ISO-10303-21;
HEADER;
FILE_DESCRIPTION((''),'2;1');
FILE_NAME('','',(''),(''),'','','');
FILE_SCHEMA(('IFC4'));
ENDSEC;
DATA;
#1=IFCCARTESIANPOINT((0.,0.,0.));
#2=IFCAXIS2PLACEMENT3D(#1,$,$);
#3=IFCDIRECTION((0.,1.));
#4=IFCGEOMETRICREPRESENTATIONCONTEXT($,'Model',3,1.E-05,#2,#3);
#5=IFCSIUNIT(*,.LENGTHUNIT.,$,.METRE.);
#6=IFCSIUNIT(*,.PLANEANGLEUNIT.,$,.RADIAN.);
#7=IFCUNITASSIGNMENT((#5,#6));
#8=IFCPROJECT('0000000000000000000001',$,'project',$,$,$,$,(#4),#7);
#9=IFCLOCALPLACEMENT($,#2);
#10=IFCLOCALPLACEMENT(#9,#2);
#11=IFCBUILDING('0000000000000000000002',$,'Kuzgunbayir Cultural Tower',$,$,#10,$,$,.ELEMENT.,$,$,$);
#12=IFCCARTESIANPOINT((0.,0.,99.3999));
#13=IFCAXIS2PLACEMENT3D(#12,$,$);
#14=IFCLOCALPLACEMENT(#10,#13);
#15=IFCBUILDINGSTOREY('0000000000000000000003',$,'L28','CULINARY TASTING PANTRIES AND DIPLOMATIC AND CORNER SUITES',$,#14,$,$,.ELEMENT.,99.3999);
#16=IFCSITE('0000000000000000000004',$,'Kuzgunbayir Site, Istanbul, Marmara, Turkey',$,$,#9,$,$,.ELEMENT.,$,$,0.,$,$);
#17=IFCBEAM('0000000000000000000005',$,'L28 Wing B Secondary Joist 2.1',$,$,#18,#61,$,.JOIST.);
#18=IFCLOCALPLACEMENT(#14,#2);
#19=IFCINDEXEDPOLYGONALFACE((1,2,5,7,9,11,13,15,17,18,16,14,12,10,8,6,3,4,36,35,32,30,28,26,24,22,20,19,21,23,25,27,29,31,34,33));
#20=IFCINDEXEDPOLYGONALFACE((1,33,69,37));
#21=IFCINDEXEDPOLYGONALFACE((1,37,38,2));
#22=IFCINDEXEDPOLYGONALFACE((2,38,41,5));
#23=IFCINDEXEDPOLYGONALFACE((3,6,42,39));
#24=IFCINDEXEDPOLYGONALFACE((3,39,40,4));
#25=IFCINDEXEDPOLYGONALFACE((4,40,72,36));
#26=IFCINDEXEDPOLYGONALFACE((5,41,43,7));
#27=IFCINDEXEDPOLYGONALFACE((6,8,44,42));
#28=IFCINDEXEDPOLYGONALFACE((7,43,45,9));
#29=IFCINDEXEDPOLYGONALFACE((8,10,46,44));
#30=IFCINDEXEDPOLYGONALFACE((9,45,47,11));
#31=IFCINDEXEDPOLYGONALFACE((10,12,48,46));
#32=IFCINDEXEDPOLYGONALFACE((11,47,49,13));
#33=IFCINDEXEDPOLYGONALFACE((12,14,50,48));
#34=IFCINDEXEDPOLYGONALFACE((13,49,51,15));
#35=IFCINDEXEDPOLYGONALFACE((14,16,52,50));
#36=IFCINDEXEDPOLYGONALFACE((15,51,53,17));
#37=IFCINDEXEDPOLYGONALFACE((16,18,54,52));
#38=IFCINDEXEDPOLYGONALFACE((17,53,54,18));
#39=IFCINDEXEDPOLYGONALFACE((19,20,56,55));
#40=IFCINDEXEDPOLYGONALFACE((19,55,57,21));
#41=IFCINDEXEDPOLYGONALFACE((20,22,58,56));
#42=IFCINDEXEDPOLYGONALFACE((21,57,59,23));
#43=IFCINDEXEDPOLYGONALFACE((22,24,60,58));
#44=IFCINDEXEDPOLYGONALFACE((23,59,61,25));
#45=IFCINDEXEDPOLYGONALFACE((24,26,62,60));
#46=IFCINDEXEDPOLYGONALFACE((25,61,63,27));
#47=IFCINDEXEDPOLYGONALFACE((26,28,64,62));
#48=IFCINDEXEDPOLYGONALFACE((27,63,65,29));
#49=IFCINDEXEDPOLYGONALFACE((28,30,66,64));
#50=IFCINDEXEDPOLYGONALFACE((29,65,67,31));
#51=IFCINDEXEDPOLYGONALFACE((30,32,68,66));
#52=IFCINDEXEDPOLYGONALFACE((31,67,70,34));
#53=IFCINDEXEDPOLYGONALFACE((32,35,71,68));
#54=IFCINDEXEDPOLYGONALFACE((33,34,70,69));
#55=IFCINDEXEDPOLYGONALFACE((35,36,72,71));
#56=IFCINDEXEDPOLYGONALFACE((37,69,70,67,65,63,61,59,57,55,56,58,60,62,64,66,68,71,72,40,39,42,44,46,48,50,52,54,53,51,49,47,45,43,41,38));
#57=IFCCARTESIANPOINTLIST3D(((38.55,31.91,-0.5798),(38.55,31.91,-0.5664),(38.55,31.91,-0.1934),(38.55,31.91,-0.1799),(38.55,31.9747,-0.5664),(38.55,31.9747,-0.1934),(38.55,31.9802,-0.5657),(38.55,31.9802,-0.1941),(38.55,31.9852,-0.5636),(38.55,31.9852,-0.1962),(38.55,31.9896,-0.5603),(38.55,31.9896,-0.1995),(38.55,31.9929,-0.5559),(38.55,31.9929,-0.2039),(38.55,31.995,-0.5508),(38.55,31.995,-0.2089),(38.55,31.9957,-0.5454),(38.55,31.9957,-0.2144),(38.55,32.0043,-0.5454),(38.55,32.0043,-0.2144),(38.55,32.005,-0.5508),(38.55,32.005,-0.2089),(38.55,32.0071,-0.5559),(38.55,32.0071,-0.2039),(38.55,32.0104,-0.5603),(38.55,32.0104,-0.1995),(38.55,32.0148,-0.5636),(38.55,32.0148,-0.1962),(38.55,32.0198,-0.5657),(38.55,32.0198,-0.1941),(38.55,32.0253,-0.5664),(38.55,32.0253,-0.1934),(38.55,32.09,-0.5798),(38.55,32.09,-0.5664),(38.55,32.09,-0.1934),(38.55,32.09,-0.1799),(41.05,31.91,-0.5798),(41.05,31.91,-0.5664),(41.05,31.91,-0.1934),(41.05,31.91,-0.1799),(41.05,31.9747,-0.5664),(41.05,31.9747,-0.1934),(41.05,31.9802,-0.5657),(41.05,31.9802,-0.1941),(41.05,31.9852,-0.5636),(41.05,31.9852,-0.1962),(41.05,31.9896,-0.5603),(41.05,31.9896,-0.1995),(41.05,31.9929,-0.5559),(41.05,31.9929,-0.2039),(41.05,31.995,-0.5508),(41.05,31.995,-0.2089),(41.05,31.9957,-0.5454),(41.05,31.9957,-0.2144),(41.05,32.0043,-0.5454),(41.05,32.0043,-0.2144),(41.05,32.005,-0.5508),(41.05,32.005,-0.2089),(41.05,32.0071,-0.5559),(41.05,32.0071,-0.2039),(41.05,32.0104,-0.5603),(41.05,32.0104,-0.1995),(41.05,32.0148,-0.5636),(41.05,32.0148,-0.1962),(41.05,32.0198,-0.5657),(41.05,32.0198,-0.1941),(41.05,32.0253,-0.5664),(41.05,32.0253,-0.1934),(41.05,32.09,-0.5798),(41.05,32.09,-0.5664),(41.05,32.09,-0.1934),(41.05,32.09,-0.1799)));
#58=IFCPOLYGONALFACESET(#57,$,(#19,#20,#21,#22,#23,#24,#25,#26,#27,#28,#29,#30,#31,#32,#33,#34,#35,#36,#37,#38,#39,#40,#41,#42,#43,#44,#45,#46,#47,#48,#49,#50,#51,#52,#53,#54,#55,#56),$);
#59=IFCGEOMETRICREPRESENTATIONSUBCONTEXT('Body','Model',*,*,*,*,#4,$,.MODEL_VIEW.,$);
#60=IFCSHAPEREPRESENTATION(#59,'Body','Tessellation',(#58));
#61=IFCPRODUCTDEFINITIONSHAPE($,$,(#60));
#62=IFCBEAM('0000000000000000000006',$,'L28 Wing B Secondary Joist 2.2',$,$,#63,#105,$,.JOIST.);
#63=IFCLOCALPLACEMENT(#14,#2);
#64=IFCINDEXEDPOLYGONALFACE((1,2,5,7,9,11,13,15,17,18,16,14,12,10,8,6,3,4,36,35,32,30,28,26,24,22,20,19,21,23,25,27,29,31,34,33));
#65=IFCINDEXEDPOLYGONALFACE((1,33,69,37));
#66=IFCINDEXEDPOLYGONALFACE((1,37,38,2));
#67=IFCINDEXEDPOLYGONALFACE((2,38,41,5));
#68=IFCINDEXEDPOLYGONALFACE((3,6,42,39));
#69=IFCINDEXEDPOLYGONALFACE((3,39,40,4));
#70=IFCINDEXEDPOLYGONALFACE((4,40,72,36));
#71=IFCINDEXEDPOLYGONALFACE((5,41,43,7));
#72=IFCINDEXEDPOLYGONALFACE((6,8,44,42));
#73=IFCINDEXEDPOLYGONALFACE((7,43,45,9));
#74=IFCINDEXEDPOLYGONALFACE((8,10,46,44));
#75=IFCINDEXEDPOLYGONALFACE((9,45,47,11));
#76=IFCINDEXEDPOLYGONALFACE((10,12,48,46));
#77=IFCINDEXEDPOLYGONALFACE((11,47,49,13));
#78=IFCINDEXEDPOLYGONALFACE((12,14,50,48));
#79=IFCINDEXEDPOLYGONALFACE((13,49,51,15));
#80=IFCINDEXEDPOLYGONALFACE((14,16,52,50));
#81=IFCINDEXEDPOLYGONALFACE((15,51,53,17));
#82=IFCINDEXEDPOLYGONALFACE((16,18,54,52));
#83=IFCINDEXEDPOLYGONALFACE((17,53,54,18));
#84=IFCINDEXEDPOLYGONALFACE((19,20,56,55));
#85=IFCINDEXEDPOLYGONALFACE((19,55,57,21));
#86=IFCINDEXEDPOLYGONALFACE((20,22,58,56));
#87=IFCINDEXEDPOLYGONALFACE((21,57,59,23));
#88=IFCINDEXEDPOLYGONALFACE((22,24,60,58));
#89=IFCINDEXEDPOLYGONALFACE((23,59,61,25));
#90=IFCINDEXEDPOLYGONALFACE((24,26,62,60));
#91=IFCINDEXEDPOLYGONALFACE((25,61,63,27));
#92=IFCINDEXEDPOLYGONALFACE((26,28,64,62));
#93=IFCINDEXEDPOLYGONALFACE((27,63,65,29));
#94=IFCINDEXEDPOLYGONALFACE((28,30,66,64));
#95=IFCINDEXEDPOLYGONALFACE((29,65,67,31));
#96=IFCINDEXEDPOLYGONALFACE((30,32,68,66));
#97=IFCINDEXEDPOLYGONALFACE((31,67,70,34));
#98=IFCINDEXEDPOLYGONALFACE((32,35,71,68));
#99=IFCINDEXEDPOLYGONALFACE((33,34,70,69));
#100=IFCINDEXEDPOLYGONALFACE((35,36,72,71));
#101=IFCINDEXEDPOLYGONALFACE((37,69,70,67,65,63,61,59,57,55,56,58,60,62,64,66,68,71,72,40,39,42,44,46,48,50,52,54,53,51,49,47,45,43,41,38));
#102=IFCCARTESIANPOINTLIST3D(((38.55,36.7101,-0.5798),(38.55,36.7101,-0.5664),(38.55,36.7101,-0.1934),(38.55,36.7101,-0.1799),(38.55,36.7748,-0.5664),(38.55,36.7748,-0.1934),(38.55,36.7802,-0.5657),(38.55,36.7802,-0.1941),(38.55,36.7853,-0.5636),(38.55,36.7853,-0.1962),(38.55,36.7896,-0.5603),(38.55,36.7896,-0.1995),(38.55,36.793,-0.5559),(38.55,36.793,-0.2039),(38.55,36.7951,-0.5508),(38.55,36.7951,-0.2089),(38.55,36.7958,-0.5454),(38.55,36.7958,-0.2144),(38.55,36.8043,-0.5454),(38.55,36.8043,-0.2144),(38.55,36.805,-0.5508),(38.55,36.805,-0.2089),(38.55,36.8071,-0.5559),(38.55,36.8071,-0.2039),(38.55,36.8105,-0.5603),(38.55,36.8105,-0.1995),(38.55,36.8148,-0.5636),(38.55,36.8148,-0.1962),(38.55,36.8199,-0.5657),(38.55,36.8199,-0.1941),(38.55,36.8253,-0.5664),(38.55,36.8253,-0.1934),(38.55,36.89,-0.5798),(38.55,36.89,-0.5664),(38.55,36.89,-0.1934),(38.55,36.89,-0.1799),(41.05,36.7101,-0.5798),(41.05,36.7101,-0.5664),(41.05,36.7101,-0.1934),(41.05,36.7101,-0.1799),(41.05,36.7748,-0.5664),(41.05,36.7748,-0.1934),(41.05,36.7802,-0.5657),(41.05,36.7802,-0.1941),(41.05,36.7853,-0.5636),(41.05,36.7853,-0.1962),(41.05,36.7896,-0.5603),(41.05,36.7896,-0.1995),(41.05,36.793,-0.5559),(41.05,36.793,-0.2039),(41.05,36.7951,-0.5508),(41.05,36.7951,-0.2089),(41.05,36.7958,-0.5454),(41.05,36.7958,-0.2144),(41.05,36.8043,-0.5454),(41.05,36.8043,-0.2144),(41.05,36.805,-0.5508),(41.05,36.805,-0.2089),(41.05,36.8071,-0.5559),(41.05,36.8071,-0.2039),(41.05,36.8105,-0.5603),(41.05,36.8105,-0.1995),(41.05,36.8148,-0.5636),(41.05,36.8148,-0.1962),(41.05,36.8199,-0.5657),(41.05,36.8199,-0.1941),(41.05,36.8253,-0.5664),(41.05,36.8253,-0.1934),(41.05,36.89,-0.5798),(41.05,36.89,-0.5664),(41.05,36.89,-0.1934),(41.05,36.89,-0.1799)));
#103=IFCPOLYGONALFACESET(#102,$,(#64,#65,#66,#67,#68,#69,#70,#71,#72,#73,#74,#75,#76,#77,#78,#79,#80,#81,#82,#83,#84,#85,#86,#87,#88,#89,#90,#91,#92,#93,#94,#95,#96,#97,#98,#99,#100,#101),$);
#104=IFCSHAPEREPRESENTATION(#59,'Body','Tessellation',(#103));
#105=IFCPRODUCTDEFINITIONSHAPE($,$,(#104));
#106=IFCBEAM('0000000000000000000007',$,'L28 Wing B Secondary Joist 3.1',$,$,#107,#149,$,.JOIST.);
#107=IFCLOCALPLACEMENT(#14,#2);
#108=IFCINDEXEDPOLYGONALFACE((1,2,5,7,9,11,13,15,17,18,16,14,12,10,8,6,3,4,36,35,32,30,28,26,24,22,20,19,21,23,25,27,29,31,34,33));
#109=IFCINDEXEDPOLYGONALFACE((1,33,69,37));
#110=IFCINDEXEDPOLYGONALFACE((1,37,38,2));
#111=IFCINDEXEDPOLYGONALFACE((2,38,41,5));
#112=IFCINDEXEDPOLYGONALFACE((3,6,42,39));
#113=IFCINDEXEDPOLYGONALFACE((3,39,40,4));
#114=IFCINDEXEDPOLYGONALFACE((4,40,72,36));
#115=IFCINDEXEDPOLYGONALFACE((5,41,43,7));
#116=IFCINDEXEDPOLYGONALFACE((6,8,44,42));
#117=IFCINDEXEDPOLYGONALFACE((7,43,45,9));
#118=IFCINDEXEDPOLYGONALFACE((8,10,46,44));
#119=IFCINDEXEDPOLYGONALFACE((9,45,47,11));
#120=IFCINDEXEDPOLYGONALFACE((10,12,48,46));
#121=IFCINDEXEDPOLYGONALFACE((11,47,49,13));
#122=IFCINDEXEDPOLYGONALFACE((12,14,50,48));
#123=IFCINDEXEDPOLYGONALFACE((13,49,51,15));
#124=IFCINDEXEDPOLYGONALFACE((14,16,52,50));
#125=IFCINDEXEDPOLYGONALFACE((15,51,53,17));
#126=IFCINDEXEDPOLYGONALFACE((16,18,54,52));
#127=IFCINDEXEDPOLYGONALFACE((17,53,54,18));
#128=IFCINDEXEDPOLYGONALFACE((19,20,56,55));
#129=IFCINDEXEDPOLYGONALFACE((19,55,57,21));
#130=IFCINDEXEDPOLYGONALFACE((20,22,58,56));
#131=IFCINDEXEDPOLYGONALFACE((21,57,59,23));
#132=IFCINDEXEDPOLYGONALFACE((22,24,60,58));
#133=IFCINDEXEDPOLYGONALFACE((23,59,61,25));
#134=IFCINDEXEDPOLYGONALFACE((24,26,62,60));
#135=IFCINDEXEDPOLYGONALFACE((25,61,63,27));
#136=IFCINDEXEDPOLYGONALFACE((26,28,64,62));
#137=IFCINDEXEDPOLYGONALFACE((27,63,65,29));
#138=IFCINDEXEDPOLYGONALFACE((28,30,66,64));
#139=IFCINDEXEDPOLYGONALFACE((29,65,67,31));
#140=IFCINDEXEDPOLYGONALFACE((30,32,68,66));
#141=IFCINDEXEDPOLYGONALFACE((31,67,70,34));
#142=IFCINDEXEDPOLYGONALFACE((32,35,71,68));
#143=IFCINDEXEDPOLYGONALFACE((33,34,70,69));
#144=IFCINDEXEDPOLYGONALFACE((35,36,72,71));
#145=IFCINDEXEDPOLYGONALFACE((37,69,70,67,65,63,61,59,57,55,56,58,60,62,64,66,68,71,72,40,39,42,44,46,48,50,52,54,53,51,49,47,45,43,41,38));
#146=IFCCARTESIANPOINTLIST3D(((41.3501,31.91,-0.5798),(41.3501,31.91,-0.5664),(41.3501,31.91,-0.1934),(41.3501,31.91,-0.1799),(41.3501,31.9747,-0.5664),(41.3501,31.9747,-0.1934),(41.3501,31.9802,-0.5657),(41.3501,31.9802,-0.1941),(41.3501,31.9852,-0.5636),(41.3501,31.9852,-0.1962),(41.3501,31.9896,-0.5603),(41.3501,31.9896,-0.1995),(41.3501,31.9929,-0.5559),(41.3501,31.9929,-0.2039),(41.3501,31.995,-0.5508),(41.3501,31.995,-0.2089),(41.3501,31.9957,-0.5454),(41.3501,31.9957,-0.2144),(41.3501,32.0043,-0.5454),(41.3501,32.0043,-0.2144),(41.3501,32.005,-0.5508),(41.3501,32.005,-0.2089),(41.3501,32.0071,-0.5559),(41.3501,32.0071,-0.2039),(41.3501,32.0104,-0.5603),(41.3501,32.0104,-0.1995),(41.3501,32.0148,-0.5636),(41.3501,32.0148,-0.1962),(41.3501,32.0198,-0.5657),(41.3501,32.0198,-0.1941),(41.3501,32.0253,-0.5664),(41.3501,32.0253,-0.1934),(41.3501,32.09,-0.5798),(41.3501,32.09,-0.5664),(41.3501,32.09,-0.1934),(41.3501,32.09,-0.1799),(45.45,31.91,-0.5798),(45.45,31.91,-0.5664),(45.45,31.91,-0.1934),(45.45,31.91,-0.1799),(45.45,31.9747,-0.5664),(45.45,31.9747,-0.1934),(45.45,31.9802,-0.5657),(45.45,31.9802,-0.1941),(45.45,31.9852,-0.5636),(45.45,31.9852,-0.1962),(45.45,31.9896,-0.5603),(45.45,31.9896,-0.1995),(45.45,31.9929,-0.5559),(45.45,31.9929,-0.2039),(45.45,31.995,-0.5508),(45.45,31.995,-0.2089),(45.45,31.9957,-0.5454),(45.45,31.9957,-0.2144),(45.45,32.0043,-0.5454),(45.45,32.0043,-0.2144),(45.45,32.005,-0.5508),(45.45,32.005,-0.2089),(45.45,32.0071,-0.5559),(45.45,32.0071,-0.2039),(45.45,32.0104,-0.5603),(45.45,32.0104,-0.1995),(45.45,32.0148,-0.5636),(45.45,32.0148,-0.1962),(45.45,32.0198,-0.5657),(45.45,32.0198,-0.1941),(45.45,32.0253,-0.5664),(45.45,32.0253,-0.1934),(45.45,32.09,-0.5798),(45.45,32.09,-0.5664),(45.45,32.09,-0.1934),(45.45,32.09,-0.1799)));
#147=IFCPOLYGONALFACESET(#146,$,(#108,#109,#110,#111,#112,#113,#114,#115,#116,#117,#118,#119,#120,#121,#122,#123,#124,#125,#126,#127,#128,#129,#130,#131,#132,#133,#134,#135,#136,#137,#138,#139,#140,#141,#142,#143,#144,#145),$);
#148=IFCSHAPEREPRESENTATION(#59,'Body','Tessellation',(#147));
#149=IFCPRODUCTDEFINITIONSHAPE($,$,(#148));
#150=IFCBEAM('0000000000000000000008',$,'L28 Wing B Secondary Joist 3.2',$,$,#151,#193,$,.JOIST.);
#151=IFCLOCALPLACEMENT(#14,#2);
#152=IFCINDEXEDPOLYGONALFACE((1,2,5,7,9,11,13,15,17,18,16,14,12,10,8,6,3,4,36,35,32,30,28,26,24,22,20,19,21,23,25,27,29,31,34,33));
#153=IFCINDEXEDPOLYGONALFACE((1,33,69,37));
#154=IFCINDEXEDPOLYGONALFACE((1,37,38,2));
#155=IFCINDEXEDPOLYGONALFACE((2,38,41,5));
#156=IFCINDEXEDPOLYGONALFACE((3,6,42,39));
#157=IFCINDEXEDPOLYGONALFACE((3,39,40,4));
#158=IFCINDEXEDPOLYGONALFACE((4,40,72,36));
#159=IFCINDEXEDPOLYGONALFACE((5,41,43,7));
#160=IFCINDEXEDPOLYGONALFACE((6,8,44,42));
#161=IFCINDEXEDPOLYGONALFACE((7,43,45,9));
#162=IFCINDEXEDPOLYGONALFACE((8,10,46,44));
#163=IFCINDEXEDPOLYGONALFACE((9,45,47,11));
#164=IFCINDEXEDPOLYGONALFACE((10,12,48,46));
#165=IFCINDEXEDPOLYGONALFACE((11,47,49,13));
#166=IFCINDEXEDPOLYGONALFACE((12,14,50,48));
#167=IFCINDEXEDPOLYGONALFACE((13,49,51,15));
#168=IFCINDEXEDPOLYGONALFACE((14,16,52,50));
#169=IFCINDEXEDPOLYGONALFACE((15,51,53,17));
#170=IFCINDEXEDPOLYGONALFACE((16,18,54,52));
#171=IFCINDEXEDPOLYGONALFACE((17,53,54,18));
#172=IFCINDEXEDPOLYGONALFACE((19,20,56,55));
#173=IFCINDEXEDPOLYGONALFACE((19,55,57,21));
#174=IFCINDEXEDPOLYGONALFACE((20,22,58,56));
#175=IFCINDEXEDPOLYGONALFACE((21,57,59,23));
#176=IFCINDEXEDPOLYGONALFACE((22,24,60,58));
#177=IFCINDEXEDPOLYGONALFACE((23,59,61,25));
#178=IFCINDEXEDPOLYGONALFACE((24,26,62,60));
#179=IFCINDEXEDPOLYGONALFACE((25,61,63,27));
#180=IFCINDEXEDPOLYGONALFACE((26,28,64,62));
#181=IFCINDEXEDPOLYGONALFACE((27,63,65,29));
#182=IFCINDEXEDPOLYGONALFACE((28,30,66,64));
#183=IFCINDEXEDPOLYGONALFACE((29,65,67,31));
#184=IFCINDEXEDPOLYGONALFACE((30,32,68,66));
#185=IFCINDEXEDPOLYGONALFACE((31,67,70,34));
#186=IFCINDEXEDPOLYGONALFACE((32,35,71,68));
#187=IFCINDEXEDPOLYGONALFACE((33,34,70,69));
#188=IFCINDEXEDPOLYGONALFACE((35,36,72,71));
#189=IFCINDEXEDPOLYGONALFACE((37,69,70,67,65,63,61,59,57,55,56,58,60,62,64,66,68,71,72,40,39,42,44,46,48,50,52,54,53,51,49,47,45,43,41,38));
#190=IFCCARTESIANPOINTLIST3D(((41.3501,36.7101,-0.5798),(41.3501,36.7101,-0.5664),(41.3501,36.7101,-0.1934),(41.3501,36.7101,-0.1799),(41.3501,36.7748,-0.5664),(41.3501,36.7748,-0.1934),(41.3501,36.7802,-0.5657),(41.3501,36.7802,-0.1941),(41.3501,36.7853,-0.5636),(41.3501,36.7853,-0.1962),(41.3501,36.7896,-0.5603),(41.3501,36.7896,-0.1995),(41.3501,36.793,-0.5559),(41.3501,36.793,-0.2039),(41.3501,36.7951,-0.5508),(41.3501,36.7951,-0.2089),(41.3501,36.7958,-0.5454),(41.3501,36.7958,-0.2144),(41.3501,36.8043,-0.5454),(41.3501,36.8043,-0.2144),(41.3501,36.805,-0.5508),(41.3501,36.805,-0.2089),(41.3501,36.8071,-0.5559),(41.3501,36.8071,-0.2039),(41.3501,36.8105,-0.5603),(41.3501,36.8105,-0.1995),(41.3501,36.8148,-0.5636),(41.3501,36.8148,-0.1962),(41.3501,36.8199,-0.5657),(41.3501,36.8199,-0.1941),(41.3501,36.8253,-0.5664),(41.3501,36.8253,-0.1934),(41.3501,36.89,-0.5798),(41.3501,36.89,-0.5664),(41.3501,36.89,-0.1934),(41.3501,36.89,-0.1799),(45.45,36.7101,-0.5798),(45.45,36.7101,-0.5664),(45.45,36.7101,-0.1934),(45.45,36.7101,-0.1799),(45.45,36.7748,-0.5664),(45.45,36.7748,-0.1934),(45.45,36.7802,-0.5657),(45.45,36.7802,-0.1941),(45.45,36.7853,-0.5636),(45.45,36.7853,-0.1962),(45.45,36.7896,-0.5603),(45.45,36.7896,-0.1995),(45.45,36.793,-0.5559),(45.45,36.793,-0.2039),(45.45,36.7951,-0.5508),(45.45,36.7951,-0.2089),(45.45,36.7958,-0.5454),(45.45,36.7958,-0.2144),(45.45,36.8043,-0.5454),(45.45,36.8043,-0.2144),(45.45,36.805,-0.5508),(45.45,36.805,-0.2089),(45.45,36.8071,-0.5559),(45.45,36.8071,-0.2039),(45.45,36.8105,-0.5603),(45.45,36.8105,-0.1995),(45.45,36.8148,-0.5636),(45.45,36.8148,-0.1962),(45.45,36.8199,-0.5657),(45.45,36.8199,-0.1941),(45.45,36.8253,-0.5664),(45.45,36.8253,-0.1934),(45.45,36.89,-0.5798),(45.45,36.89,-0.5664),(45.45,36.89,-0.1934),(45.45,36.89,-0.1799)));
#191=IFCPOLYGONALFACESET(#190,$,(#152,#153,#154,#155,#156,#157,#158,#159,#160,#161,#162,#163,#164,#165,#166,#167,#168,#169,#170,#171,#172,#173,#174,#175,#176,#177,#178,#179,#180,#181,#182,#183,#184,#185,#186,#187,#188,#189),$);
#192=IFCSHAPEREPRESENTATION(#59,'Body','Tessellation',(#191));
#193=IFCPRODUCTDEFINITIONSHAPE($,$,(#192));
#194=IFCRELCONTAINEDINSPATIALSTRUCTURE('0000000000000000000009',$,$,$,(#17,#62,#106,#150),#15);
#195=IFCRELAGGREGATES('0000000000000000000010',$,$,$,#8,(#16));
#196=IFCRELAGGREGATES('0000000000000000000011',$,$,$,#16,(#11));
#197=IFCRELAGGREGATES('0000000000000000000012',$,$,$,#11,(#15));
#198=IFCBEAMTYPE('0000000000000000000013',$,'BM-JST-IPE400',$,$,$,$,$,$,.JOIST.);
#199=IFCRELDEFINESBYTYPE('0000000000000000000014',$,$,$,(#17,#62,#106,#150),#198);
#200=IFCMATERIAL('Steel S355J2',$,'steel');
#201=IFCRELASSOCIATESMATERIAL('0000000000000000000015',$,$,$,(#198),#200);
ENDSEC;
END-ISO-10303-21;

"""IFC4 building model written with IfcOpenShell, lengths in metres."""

from ifc_helpers import new_model, si_unit, direction, frame, origin, origin_2d, place, context, subcontext, project, spatial, i_section, extrude, material, material_profile, profile_set, type_object, element, save


model = new_model("IFC4")

# Units and contexts
model_context = context("Model", 3, precision=1e-05, world=origin(), true_north=direction((0.0, 1.0)))
body_context = subcontext(model_context, "Body", "Model", "MODEL_VIEW")
ifc_project = project(units=[si_unit("LENGTHUNIT", "METRE"), si_unit("PLANEANGLEUNIT", "RADIAN")], contexts=[model_context])

# Site, building, storey
site_placement = place(None, origin())
site = spatial("IfcSite", under=ifc_project, at=site_placement, Name="Kuzgunbayir Site, Istanbul, Marmara, Turkey", CompositionType="ELEMENT", RefElevation=0.0)
building_placement = place(site_placement, origin())
building = spatial("IfcBuilding", under=site, at=building_placement, Name="Kuzgunbayir Cultural Tower", CompositionType="ELEMENT")
storey_placement = place(building_placement, frame((0.0, 0.0, 99.3999)))
storey = spatial("IfcBuildingStorey", under=building, at=storey_placement, Name="L28", Description="CULINARY TASTING PANTRIES AND DIPLOMATIC AND CORNER SUITES", CompositionType="ELEMENT", Elevation=99.3999)

# Beams
ifc_material_1 = material(Name="Steel S355J2", Category="steel")
ifc_material_profile_1 = material_profile(ifc_material_1, i_section(OverallWidth=0.1799, OverallDepth=0.3999, WebThickness=0.0085, FlangeThickness=0.0134, FilletRadius=0.021, at=origin_2d()), Name="IPE 400")
ifc_profile_set_1 = profile_set([ifc_material_profile_1], Name="Steel S355J2")
beam_type_1 = type_object("IfcBeamType", Name="BM-JST-IPE400", PredefinedType="JOIST", material=ifc_profile_set_1)
for number, where, z_axis, x_axis, name in (
    (1, (38.55, 32.0, -0.3799), (1.0, 0.0, 0.0), (0.0, 1.0, 0.0), "L28 Wing B Secondary Joist 2.1"),
    (2, (38.55, 36.8, -0.3799), (1.0, 0.0, 0.0), (0.0, 1.0, 0.0), "L28 Wing B Secondary Joist 2.2"),
):
    element("IfcBeam", number, at=place(storey_placement, frame(where, z_axis=z_axis, x_axis=x_axis)), inside=storey, type_object=beam_type_1, Name=name, PredefinedType="JOIST", context=body_context, shape_type="SweptSolid", body=[
        extrude(i_section(OverallWidth=0.1799, OverallDepth=0.3999, WebThickness=0.0085, FlangeThickness=0.0134, FilletRadius=0.021, at=origin_2d()), origin(), (0.0, 0.0, 1.0), 2.5),
    ])
for number, where, z_axis, x_axis, name in (
    (3, (41.3501, 32.0, -0.3799), (1.0, 0.0, 0.0), (0.0, 1.0, 0.0), "L28 Wing B Secondary Joist 3.1"),
    (4, (41.3501, 36.8, -0.3799), (1.0, 0.0, 0.0), (0.0, 1.0, 0.0), "L28 Wing B Secondary Joist 3.2"),
):
    element("IfcBeam", number, at=place(storey_placement, frame(where, z_axis=z_axis, x_axis=x_axis)), inside=storey, type_object=beam_type_1, Name=name, PredefinedType="JOIST", context=body_context, shape_type="SweptSolid", body=[
        extrude(i_section(OverallWidth=0.1799, OverallDepth=0.3999, WebThickness=0.0085, FlangeThickness=0.0134, FilletRadius=0.021, at=origin_2d()), origin(), (0.0, 0.0, 1.0), 4.0999),
    ])

save(model, "model.ifc")
